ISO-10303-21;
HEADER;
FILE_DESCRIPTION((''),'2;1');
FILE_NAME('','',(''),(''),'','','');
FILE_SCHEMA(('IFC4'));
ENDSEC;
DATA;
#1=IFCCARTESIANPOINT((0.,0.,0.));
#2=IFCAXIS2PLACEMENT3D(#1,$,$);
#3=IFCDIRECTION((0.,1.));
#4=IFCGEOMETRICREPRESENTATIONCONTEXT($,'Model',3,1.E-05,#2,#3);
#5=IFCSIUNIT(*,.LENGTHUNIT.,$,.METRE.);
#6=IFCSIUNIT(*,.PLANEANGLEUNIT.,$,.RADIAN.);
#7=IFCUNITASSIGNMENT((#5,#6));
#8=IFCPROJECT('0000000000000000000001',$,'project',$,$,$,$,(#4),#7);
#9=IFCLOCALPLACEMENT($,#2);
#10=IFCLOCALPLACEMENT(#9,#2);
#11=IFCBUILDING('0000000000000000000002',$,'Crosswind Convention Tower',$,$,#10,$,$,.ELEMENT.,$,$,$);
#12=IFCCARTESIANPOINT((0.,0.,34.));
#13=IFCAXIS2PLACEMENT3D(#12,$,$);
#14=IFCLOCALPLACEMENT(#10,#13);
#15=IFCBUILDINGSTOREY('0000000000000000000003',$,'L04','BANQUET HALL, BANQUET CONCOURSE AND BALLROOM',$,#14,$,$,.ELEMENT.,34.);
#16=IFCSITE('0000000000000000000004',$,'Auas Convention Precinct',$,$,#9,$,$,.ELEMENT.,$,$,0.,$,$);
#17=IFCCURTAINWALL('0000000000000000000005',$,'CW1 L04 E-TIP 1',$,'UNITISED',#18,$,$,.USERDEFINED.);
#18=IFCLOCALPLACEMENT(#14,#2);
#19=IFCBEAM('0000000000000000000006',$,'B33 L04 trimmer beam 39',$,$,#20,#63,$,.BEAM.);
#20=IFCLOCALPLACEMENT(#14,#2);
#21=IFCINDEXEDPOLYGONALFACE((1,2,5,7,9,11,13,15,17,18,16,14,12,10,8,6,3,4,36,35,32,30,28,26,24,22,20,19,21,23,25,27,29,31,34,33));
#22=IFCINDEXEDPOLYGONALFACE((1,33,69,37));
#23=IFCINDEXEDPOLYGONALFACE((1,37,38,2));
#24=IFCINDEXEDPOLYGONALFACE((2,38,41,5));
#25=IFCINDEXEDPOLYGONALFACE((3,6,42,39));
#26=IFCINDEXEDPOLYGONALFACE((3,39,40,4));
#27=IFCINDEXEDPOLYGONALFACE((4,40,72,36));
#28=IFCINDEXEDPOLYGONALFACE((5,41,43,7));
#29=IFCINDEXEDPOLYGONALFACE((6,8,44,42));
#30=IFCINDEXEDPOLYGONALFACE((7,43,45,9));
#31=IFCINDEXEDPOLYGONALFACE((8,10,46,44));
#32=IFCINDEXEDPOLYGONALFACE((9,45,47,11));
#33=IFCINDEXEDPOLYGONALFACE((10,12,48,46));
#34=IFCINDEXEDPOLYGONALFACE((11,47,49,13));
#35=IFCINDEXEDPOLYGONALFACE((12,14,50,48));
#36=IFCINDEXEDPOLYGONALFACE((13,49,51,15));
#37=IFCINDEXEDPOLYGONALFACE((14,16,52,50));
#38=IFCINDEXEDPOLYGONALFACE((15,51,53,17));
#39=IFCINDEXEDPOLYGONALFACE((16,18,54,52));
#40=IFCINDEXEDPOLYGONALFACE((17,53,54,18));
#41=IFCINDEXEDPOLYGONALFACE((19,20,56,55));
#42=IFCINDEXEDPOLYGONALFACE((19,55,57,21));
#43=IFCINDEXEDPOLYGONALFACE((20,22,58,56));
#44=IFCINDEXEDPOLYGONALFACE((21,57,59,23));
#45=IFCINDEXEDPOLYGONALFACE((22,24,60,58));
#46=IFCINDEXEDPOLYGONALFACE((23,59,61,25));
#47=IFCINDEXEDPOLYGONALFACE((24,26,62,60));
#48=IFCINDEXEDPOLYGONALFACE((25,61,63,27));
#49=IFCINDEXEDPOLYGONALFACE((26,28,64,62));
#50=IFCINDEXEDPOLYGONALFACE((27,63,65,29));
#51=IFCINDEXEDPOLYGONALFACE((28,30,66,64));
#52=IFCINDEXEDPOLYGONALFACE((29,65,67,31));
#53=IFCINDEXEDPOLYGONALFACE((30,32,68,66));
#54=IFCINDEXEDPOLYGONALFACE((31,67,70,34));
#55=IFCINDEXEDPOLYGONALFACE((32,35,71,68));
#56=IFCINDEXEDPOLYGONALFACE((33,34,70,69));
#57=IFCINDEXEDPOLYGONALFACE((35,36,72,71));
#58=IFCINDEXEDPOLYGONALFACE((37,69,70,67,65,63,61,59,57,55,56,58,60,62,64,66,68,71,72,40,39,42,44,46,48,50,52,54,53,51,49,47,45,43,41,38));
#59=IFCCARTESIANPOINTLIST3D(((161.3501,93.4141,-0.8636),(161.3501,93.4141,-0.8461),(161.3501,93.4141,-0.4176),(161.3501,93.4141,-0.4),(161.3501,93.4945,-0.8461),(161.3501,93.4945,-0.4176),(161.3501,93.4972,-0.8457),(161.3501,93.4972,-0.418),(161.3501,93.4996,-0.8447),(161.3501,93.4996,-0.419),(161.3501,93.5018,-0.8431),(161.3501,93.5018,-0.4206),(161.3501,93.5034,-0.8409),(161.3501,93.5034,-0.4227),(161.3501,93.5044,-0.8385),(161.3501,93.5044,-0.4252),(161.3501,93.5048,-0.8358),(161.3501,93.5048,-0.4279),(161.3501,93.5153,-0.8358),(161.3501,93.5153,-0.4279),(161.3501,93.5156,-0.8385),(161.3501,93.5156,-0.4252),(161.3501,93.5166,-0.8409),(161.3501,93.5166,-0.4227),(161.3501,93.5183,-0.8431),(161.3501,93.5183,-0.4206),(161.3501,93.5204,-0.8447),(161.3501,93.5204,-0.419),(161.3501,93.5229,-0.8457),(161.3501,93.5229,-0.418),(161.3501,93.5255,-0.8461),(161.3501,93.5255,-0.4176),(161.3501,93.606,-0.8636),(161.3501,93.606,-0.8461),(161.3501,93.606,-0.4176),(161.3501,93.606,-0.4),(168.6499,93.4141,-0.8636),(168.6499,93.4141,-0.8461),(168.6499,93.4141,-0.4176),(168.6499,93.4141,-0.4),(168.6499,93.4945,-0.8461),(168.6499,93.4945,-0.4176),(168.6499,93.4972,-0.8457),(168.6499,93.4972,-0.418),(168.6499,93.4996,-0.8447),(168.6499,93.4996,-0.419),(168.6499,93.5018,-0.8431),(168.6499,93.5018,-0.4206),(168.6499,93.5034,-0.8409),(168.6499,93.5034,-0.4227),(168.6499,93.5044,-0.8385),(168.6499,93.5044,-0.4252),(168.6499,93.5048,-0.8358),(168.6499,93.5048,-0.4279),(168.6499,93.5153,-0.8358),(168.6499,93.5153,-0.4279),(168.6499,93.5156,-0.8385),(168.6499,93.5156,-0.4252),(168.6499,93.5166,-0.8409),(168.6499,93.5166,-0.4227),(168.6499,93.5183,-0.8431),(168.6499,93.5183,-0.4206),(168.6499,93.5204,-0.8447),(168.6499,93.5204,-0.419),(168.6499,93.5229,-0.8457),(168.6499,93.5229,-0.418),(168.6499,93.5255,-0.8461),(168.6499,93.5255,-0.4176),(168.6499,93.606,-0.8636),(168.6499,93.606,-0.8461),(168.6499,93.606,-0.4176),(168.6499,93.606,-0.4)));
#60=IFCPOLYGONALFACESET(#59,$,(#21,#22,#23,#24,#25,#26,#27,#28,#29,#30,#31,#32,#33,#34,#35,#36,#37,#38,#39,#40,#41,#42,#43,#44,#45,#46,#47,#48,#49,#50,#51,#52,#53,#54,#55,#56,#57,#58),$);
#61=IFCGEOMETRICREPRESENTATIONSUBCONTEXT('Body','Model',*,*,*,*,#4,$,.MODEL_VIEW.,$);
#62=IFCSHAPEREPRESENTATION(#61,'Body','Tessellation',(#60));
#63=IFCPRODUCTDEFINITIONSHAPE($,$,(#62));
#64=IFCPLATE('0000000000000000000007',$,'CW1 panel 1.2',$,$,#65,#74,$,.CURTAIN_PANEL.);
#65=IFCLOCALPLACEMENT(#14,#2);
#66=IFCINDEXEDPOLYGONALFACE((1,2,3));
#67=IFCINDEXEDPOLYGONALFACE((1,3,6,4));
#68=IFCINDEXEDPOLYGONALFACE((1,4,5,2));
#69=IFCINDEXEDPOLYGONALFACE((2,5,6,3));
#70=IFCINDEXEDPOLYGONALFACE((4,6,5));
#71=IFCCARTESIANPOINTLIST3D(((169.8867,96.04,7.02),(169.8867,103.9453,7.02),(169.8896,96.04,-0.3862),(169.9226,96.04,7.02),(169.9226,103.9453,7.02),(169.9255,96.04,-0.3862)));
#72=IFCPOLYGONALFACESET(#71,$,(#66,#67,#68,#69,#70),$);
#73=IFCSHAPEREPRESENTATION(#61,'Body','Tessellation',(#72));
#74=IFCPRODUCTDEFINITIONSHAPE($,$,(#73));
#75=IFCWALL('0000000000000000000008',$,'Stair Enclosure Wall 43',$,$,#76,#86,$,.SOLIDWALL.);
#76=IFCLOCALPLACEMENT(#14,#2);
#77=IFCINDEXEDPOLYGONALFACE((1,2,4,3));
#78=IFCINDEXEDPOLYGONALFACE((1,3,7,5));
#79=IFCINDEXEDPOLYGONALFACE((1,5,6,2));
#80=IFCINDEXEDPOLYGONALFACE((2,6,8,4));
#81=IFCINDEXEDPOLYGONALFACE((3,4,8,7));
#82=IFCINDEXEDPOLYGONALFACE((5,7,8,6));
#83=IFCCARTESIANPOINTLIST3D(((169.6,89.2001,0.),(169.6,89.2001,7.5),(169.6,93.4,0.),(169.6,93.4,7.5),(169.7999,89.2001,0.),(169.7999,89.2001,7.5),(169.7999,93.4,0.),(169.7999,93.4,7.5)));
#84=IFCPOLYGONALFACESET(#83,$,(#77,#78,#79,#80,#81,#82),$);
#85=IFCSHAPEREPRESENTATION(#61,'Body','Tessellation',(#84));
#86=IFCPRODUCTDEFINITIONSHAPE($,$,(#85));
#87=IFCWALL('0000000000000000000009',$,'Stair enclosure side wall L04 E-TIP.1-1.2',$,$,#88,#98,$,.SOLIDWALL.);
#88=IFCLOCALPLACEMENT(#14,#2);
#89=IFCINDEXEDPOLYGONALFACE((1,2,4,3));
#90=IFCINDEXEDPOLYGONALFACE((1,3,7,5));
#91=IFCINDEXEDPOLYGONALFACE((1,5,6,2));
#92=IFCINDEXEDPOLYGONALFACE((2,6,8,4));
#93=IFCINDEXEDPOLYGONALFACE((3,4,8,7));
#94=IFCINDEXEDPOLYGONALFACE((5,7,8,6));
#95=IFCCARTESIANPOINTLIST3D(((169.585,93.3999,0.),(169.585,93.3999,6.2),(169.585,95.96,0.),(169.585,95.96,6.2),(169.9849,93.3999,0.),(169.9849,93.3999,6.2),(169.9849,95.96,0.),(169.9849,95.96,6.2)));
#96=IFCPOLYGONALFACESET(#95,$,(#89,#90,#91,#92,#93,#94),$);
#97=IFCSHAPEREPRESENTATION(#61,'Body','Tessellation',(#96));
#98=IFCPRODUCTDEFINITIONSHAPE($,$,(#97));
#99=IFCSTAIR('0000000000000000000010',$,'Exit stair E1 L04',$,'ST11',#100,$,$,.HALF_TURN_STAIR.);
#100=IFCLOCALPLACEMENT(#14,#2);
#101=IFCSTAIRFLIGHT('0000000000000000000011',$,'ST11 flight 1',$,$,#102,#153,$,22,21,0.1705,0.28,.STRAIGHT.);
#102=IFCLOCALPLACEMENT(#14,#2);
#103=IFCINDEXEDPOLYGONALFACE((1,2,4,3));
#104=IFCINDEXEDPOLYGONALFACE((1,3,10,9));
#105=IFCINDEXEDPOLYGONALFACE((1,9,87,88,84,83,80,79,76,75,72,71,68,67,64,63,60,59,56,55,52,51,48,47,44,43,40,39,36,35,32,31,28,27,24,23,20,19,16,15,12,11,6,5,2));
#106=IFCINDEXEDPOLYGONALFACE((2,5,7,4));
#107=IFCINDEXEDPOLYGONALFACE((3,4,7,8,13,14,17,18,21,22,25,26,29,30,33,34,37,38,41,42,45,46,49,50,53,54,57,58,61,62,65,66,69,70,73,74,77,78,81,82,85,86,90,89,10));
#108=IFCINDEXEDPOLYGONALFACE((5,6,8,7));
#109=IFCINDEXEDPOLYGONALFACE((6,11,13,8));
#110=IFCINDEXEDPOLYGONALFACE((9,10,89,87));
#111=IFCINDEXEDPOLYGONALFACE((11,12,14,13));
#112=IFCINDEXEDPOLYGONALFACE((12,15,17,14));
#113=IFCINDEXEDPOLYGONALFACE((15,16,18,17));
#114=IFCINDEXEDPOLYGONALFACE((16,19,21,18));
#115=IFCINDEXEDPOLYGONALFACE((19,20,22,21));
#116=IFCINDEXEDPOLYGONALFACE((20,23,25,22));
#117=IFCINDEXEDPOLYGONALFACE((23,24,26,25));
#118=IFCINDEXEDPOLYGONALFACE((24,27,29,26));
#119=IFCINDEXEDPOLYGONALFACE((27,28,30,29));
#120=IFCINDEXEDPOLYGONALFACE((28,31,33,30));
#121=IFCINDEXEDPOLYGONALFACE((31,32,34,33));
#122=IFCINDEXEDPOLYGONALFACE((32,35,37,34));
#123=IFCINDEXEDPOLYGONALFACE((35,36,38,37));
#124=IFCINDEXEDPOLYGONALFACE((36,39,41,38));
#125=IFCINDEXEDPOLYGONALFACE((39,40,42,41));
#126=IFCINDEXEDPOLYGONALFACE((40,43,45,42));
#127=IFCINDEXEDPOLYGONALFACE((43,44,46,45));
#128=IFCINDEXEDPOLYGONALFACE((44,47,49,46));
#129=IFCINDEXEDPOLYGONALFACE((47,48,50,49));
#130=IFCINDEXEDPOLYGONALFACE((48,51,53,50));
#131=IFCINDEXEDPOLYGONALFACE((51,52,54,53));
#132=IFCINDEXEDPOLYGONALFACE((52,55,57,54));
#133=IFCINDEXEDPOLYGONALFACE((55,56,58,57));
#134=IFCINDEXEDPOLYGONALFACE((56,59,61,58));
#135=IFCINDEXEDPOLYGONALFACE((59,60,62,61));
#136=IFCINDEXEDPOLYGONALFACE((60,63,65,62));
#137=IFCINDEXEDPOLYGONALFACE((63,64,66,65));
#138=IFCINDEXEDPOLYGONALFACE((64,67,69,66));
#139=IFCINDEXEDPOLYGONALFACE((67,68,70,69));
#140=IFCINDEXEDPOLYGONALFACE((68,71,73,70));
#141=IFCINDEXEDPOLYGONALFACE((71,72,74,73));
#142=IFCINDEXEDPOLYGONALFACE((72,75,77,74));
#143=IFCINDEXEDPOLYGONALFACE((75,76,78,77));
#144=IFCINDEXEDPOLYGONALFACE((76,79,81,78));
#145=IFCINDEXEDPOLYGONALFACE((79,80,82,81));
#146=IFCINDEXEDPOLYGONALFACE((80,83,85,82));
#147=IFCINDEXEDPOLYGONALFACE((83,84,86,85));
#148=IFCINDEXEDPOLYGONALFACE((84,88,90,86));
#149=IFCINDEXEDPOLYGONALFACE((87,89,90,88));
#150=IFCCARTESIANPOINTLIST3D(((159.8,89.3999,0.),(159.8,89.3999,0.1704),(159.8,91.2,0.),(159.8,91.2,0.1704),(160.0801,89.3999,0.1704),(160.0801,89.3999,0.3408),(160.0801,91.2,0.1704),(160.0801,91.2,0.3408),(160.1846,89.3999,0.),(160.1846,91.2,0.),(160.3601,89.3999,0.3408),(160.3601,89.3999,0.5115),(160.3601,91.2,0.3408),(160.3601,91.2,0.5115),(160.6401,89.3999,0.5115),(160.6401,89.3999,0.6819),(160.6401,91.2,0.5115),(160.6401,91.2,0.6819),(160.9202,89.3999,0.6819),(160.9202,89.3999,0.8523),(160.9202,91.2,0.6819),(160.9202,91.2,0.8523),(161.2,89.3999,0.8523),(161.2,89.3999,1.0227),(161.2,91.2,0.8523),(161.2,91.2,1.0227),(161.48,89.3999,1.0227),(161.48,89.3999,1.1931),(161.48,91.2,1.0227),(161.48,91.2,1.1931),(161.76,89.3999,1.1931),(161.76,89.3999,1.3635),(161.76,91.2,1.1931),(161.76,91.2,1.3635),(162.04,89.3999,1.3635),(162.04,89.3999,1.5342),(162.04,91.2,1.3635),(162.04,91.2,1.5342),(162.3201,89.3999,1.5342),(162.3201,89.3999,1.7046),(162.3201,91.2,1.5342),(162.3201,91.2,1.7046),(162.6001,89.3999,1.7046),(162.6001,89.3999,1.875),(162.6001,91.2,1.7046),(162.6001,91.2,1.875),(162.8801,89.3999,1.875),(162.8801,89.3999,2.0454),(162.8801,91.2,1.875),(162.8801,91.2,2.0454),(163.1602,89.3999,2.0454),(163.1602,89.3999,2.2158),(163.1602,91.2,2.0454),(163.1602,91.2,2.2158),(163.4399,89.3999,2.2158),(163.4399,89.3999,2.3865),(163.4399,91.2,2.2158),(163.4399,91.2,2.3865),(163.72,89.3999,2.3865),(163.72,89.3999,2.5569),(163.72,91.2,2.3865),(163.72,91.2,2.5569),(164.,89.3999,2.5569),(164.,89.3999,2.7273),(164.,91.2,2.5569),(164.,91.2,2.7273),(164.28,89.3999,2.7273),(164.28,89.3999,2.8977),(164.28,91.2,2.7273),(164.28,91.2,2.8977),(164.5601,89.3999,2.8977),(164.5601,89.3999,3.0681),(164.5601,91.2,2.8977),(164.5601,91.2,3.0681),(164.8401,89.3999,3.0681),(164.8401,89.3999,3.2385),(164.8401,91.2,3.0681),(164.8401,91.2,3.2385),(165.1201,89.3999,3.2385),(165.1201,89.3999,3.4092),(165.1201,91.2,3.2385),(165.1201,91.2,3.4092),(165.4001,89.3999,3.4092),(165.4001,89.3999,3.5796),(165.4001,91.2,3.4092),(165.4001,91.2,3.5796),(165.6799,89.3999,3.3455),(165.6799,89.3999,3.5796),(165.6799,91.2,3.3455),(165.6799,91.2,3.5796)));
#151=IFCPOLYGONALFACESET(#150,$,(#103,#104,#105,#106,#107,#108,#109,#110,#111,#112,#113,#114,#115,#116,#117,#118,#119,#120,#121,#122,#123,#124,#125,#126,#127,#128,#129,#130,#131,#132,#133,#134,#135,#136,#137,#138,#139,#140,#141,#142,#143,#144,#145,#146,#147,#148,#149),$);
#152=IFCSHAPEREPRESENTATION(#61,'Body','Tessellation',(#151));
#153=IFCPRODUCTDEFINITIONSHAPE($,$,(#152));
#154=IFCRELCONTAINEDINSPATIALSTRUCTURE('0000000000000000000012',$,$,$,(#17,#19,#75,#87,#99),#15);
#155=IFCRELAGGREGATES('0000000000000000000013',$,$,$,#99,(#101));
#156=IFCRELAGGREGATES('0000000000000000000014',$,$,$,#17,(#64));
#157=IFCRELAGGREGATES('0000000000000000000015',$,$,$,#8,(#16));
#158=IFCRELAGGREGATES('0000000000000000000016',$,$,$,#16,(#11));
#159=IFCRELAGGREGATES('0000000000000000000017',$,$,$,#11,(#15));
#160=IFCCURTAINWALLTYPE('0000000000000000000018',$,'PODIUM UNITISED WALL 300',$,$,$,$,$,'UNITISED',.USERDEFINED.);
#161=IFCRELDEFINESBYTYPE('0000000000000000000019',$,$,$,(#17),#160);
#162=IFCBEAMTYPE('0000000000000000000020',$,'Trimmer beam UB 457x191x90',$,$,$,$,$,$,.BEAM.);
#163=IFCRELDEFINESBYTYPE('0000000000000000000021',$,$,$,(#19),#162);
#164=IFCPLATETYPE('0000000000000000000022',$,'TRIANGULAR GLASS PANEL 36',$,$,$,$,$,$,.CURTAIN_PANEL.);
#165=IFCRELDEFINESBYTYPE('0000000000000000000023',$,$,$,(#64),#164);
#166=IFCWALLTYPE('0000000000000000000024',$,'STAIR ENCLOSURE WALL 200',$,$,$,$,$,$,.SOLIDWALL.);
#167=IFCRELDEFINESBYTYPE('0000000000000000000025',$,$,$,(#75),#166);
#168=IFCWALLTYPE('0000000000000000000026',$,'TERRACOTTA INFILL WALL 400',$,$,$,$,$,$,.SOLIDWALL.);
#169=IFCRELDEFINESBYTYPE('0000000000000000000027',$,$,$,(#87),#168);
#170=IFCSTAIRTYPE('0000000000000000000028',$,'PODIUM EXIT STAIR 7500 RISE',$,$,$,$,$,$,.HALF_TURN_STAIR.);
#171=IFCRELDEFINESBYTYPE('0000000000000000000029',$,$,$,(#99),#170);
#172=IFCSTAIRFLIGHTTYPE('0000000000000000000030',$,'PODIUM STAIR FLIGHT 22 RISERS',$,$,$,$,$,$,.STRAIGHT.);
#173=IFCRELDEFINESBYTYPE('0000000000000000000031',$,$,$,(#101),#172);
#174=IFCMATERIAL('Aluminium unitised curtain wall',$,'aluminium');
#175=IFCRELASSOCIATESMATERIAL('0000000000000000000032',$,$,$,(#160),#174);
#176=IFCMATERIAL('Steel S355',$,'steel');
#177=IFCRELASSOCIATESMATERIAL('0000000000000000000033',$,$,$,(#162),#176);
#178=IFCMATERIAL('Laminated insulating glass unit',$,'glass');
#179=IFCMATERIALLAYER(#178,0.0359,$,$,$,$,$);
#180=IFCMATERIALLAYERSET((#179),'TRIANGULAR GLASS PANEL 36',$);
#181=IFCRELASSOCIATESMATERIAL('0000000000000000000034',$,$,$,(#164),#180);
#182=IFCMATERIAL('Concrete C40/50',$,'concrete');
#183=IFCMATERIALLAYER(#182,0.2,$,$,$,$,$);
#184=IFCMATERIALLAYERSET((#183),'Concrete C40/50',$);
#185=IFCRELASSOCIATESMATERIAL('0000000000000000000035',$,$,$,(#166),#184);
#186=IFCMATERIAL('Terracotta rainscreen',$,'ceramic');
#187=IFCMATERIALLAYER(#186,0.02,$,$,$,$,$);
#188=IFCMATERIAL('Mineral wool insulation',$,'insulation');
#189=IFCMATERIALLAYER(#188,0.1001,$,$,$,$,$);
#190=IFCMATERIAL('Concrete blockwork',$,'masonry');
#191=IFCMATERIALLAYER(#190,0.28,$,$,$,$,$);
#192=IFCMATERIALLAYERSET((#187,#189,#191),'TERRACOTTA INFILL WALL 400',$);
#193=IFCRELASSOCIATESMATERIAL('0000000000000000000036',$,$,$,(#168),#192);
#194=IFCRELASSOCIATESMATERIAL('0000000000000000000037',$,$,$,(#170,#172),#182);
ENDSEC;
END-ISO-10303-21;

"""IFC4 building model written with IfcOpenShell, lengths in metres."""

from ifc_helpers import new_model, si_unit, direction, frame, frame_2d, origin, origin_2d, place, context, subcontext, project, spatial, polyline, rectangle, i_section, outline, extrude, material, layer, layer_set, material_profile, profile_set, type_object, element, aggregate, save


model = new_model("IFC4")

# Units and contexts
model_context = context("Model", 3, precision=1e-05, world=origin(), true_north=direction((0.0, 1.0)))
body_context = subcontext(model_context, "Body", "Model", "MODEL_VIEW")
ifc_project = project(units=[si_unit("LENGTHUNIT", "METRE"), si_unit("PLANEANGLEUNIT", "RADIAN")], contexts=[model_context])

# Site, building, storey
site_placement = place(None, origin())
site = spatial("IfcSite", under=ifc_project, at=site_placement, Name="Auas Convention Precinct", CompositionType="ELEMENT", RefElevation=0.0)
building_placement = place(site_placement, origin())
building = spatial("IfcBuilding", under=site, at=building_placement, Name="Crosswind Convention Tower", CompositionType="ELEMENT")
storey_placement = place(building_placement, frame((0.0, 0.0, 34.0)))
storey = spatial("IfcBuildingStorey", under=building, at=storey_placement, Name="L04", Description="BANQUET HALL, BANQUET CONCOURSE AND BALLROOM", CompositionType="ELEMENT", Elevation=34.0)

# Curtain wall
ifc_material_1 = material(Name="Aluminium unitised curtain wall", Category="aluminium")
curtain_wall_type = type_object("IfcCurtainWallType", Name="PODIUM UNITISED WALL 300", ElementType="UNITISED", PredefinedType="USERDEFINED", material=ifc_material_1)
curtain_wall_placement = place(storey_placement, origin())
curtain_wall = element("IfcCurtainWall", 1, at=curtain_wall_placement, inside=storey, type_object=curtain_wall_type, Name="CW1 L04 E-TIP 1", ObjectType="UNITISED", PredefinedType="USERDEFINED")

# Shared definitions
ifc_material_2 = material(Name="Steel S355", Category="steel")

# Beam
ifc_material_profile_1 = material_profile(ifc_material_2, i_section(OverallWidth=0.1919, OverallDepth=0.4636, WebThickness=0.0105, FlangeThickness=0.0176, FilletRadius=0.0103, at=origin_2d()), Name="UB 457x191x90")
ifc_profile_set_1 = profile_set([ifc_material_profile_1], Name="Steel S355")
beam_type_1 = type_object("IfcBeamType", Name="Trimmer beam UB 457x191x90", PredefinedType="BEAM", material=ifc_profile_set_1)
beam_1_placement = place(storey_placement, frame((161.3501, 93.51, -0.6318), z_axis=(1.0, 0.0, 0.0), x_axis=(0.0, 1.0, 0.0)))
element("IfcBeam", 2, at=beam_1_placement, inside=storey, type_object=beam_type_1, Name="B33 L04 trimmer beam 39", PredefinedType="BEAM", context=body_context, shape_type="SweptSolid", body=[
    extrude(i_section(OverallWidth=0.1919, OverallDepth=0.4636, WebThickness=0.0105, FlangeThickness=0.0176, FilletRadius=0.0103, at=origin_2d()), origin(), (0.0, 0.0, 1.0), 7.2998),
])

# Plate
ifc_material_3 = material(Name="Laminated insulating glass unit", Category="glass")
ifc_layer_1 = layer(ifc_material_3, 0.0359)
ifc_layer_set_1 = layer_set([ifc_layer_1], Name="TRIANGULAR GLASS PANEL 36")
plate_type = type_object("IfcPlateType", Name="TRIANGULAR GLASS PANEL 36", PredefinedType="CURTAIN_PANEL", material=ifc_layer_set_1)
plate_placement = place(storey_placement, frame((169.9226, 96.04, 7.02), z_axis=(1.0, 0.0, 0.000396), x_axis=(0.000396, 0.0, -1.0)))
plate = element("IfcPlate", 3, at=plate_placement, type_object=plate_type, Name="CW1 panel 1.2", PredefinedType="CURTAIN_PANEL", context=body_context, shape_type="SweptSolid", body=[
    extrude(outline(polyline([(0.0, 0.0), (7.4063, 0.0), (0.0, 7.9053), (0.0, 0.0)])), origin(), (0.0, 0.0, -1.0), 0.0359),
])

# Walls
ifc_material_4 = material(Name="Concrete C40/50", Category="concrete")
ifc_layer_2 = layer(ifc_material_4, 0.2)
ifc_layer_set_2 = layer_set([ifc_layer_2], Name="Concrete C40/50")
wall_type_1 = type_object("IfcWallType", Name="STAIR ENCLOSURE WALL 200", PredefinedType="SOLIDWALL", material=ifc_layer_set_2)
wall_1_placement = place(storey_placement, frame((169.7, 89.2, 0.0), z_axis=(0.0, 0.0, 1.0), x_axis=(0.0, 1.0, 0.0)))
element("IfcWall", 4, at=wall_1_placement, inside=storey, type_object=wall_type_1, Name="Stair Enclosure Wall 43", PredefinedType="SOLIDWALL", context=body_context, shape_type="SweptSolid", body=[
    extrude(rectangle(XDim=4.2, YDim=0.2, at=frame_2d((2.1001, 0.0))), origin(), (0.0, 0.0, 1.0), 7.5),
])
ifc_material_5 = material(Name="Terracotta rainscreen", Category="ceramic")
ifc_layer_3 = layer(ifc_material_5, 0.02)
ifc_material_6 = material(Name="Mineral wool insulation", Category="insulation")
ifc_layer_4 = layer(ifc_material_6, 0.1001)
ifc_material_7 = material(Name="Concrete blockwork", Category="masonry")
ifc_layer_5 = layer(ifc_material_7, 0.28)
ifc_layer_set_3 = layer_set([ifc_layer_3, ifc_layer_4, ifc_layer_5], Name="TERRACOTTA INFILL WALL 400")
wall_type_2 = type_object("IfcWallType", Name="TERRACOTTA INFILL WALL 400", PredefinedType="SOLIDWALL", material=ifc_layer_set_3)
wall_2_placement = place(storey_placement, frame((169.7849, 93.3999, 0.0), z_axis=(0.0, 0.0, 1.0), x_axis=(0.0, 1.0, 0.0)))
element("IfcWall", 5, at=wall_2_placement, inside=storey, type_object=wall_type_2, Name="Stair enclosure side wall L04 E-TIP.1-1.2", PredefinedType="SOLIDWALL", context=body_context, shape_type="SweptSolid", body=[
    extrude(rectangle(XDim=2.5601, YDim=0.3999, at=frame_2d((1.28, 0.0))), origin(), (0.0, 0.0, 1.0), 6.2),
])

# Stair, stair flight
stair_type = type_object("IfcStairType", Name="PODIUM EXIT STAIR 7500 RISE", PredefinedType="HALF_TURN_STAIR", material=ifc_material_4)
stair_placement = place(storey_placement, origin())
stair = element("IfcStair", 6, at=stair_placement, inside=storey, type_object=stair_type, Name="Exit stair E1 L04", ObjectType="ST11", PredefinedType="HALF_TURN_STAIR")
stair_flight_type = type_object("IfcStairFlightType", Name="PODIUM STAIR FLIGHT 22 RISERS", PredefinedType="STRAIGHT", material=ifc_material_4)
stair_flight_1_placement = place(storey_placement, frame((159.8, 90.3, 0.0), z_axis=(0.0, 0.0, 1.0), x_axis=(1.0, 0.0, 0.0)))
stair_flight_1 = element("IfcStairFlight", 7, at=stair_flight_1_placement, type_object=stair_flight_type, Name="ST11 flight 1", NumberOfRisers=22, NumberOfTreads=21, PredefinedType="STRAIGHT", RiserHeight=0.1705, TreadLength=0.28, context=body_context, shape_type="SweptSolid", body=[
    extrude(outline(polyline([(0.0, 0.0), (0.0, 0.1704), (0.28, 0.1704), (0.28, 0.3408), (0.5601, 0.3408), (0.5601, 0.5115), (0.8401, 0.5115), (0.8401, 0.6819), (1.1201, 0.6819), (1.1201, 0.8523), (1.3999, 0.8523), (1.3999, 1.0227), (1.6799, 1.0227), (1.6799, 1.1931), (1.96, 1.1931), (1.96, 1.3635), (2.24, 1.3635), (2.24, 1.5342), (2.52, 1.5342), (2.52, 1.7046), (2.8, 1.7046), (2.8, 1.875), (3.0801, 1.875), (3.0801, 2.0454), (3.3601, 2.0454), (3.3601, 2.2158), (3.6399, 2.2158), (3.6399, 2.3865), (3.9199, 2.3865), (3.9199, 2.5569), (4.2, 2.5569), (4.2, 2.7273), (4.48, 2.7273), (4.48, 2.8977), (4.76, 2.8977), (4.76, 3.0681), (5.04, 3.0681), (5.04, 3.2385), (5.3201, 3.2385), (5.3201, 3.4092), (5.6001, 3.4092), (5.6001, 3.5796), (5.8799, 3.5796), (5.8799, 3.75), (5.8799, 3.3455), (0.3845, 0.0), (0.0, 0.0)])), frame((0.0, 0.8999, 0.0), z_axis=(0.0, -1.0, 0.0), x_axis=(1.0, 0.0, 0.0)), (0.0, 0.0, 1.0), 1.8),
])
aggregate(stair, [stair_flight_1])

aggregate(curtain_wall, [plate])

save(model, "model.ifc")
